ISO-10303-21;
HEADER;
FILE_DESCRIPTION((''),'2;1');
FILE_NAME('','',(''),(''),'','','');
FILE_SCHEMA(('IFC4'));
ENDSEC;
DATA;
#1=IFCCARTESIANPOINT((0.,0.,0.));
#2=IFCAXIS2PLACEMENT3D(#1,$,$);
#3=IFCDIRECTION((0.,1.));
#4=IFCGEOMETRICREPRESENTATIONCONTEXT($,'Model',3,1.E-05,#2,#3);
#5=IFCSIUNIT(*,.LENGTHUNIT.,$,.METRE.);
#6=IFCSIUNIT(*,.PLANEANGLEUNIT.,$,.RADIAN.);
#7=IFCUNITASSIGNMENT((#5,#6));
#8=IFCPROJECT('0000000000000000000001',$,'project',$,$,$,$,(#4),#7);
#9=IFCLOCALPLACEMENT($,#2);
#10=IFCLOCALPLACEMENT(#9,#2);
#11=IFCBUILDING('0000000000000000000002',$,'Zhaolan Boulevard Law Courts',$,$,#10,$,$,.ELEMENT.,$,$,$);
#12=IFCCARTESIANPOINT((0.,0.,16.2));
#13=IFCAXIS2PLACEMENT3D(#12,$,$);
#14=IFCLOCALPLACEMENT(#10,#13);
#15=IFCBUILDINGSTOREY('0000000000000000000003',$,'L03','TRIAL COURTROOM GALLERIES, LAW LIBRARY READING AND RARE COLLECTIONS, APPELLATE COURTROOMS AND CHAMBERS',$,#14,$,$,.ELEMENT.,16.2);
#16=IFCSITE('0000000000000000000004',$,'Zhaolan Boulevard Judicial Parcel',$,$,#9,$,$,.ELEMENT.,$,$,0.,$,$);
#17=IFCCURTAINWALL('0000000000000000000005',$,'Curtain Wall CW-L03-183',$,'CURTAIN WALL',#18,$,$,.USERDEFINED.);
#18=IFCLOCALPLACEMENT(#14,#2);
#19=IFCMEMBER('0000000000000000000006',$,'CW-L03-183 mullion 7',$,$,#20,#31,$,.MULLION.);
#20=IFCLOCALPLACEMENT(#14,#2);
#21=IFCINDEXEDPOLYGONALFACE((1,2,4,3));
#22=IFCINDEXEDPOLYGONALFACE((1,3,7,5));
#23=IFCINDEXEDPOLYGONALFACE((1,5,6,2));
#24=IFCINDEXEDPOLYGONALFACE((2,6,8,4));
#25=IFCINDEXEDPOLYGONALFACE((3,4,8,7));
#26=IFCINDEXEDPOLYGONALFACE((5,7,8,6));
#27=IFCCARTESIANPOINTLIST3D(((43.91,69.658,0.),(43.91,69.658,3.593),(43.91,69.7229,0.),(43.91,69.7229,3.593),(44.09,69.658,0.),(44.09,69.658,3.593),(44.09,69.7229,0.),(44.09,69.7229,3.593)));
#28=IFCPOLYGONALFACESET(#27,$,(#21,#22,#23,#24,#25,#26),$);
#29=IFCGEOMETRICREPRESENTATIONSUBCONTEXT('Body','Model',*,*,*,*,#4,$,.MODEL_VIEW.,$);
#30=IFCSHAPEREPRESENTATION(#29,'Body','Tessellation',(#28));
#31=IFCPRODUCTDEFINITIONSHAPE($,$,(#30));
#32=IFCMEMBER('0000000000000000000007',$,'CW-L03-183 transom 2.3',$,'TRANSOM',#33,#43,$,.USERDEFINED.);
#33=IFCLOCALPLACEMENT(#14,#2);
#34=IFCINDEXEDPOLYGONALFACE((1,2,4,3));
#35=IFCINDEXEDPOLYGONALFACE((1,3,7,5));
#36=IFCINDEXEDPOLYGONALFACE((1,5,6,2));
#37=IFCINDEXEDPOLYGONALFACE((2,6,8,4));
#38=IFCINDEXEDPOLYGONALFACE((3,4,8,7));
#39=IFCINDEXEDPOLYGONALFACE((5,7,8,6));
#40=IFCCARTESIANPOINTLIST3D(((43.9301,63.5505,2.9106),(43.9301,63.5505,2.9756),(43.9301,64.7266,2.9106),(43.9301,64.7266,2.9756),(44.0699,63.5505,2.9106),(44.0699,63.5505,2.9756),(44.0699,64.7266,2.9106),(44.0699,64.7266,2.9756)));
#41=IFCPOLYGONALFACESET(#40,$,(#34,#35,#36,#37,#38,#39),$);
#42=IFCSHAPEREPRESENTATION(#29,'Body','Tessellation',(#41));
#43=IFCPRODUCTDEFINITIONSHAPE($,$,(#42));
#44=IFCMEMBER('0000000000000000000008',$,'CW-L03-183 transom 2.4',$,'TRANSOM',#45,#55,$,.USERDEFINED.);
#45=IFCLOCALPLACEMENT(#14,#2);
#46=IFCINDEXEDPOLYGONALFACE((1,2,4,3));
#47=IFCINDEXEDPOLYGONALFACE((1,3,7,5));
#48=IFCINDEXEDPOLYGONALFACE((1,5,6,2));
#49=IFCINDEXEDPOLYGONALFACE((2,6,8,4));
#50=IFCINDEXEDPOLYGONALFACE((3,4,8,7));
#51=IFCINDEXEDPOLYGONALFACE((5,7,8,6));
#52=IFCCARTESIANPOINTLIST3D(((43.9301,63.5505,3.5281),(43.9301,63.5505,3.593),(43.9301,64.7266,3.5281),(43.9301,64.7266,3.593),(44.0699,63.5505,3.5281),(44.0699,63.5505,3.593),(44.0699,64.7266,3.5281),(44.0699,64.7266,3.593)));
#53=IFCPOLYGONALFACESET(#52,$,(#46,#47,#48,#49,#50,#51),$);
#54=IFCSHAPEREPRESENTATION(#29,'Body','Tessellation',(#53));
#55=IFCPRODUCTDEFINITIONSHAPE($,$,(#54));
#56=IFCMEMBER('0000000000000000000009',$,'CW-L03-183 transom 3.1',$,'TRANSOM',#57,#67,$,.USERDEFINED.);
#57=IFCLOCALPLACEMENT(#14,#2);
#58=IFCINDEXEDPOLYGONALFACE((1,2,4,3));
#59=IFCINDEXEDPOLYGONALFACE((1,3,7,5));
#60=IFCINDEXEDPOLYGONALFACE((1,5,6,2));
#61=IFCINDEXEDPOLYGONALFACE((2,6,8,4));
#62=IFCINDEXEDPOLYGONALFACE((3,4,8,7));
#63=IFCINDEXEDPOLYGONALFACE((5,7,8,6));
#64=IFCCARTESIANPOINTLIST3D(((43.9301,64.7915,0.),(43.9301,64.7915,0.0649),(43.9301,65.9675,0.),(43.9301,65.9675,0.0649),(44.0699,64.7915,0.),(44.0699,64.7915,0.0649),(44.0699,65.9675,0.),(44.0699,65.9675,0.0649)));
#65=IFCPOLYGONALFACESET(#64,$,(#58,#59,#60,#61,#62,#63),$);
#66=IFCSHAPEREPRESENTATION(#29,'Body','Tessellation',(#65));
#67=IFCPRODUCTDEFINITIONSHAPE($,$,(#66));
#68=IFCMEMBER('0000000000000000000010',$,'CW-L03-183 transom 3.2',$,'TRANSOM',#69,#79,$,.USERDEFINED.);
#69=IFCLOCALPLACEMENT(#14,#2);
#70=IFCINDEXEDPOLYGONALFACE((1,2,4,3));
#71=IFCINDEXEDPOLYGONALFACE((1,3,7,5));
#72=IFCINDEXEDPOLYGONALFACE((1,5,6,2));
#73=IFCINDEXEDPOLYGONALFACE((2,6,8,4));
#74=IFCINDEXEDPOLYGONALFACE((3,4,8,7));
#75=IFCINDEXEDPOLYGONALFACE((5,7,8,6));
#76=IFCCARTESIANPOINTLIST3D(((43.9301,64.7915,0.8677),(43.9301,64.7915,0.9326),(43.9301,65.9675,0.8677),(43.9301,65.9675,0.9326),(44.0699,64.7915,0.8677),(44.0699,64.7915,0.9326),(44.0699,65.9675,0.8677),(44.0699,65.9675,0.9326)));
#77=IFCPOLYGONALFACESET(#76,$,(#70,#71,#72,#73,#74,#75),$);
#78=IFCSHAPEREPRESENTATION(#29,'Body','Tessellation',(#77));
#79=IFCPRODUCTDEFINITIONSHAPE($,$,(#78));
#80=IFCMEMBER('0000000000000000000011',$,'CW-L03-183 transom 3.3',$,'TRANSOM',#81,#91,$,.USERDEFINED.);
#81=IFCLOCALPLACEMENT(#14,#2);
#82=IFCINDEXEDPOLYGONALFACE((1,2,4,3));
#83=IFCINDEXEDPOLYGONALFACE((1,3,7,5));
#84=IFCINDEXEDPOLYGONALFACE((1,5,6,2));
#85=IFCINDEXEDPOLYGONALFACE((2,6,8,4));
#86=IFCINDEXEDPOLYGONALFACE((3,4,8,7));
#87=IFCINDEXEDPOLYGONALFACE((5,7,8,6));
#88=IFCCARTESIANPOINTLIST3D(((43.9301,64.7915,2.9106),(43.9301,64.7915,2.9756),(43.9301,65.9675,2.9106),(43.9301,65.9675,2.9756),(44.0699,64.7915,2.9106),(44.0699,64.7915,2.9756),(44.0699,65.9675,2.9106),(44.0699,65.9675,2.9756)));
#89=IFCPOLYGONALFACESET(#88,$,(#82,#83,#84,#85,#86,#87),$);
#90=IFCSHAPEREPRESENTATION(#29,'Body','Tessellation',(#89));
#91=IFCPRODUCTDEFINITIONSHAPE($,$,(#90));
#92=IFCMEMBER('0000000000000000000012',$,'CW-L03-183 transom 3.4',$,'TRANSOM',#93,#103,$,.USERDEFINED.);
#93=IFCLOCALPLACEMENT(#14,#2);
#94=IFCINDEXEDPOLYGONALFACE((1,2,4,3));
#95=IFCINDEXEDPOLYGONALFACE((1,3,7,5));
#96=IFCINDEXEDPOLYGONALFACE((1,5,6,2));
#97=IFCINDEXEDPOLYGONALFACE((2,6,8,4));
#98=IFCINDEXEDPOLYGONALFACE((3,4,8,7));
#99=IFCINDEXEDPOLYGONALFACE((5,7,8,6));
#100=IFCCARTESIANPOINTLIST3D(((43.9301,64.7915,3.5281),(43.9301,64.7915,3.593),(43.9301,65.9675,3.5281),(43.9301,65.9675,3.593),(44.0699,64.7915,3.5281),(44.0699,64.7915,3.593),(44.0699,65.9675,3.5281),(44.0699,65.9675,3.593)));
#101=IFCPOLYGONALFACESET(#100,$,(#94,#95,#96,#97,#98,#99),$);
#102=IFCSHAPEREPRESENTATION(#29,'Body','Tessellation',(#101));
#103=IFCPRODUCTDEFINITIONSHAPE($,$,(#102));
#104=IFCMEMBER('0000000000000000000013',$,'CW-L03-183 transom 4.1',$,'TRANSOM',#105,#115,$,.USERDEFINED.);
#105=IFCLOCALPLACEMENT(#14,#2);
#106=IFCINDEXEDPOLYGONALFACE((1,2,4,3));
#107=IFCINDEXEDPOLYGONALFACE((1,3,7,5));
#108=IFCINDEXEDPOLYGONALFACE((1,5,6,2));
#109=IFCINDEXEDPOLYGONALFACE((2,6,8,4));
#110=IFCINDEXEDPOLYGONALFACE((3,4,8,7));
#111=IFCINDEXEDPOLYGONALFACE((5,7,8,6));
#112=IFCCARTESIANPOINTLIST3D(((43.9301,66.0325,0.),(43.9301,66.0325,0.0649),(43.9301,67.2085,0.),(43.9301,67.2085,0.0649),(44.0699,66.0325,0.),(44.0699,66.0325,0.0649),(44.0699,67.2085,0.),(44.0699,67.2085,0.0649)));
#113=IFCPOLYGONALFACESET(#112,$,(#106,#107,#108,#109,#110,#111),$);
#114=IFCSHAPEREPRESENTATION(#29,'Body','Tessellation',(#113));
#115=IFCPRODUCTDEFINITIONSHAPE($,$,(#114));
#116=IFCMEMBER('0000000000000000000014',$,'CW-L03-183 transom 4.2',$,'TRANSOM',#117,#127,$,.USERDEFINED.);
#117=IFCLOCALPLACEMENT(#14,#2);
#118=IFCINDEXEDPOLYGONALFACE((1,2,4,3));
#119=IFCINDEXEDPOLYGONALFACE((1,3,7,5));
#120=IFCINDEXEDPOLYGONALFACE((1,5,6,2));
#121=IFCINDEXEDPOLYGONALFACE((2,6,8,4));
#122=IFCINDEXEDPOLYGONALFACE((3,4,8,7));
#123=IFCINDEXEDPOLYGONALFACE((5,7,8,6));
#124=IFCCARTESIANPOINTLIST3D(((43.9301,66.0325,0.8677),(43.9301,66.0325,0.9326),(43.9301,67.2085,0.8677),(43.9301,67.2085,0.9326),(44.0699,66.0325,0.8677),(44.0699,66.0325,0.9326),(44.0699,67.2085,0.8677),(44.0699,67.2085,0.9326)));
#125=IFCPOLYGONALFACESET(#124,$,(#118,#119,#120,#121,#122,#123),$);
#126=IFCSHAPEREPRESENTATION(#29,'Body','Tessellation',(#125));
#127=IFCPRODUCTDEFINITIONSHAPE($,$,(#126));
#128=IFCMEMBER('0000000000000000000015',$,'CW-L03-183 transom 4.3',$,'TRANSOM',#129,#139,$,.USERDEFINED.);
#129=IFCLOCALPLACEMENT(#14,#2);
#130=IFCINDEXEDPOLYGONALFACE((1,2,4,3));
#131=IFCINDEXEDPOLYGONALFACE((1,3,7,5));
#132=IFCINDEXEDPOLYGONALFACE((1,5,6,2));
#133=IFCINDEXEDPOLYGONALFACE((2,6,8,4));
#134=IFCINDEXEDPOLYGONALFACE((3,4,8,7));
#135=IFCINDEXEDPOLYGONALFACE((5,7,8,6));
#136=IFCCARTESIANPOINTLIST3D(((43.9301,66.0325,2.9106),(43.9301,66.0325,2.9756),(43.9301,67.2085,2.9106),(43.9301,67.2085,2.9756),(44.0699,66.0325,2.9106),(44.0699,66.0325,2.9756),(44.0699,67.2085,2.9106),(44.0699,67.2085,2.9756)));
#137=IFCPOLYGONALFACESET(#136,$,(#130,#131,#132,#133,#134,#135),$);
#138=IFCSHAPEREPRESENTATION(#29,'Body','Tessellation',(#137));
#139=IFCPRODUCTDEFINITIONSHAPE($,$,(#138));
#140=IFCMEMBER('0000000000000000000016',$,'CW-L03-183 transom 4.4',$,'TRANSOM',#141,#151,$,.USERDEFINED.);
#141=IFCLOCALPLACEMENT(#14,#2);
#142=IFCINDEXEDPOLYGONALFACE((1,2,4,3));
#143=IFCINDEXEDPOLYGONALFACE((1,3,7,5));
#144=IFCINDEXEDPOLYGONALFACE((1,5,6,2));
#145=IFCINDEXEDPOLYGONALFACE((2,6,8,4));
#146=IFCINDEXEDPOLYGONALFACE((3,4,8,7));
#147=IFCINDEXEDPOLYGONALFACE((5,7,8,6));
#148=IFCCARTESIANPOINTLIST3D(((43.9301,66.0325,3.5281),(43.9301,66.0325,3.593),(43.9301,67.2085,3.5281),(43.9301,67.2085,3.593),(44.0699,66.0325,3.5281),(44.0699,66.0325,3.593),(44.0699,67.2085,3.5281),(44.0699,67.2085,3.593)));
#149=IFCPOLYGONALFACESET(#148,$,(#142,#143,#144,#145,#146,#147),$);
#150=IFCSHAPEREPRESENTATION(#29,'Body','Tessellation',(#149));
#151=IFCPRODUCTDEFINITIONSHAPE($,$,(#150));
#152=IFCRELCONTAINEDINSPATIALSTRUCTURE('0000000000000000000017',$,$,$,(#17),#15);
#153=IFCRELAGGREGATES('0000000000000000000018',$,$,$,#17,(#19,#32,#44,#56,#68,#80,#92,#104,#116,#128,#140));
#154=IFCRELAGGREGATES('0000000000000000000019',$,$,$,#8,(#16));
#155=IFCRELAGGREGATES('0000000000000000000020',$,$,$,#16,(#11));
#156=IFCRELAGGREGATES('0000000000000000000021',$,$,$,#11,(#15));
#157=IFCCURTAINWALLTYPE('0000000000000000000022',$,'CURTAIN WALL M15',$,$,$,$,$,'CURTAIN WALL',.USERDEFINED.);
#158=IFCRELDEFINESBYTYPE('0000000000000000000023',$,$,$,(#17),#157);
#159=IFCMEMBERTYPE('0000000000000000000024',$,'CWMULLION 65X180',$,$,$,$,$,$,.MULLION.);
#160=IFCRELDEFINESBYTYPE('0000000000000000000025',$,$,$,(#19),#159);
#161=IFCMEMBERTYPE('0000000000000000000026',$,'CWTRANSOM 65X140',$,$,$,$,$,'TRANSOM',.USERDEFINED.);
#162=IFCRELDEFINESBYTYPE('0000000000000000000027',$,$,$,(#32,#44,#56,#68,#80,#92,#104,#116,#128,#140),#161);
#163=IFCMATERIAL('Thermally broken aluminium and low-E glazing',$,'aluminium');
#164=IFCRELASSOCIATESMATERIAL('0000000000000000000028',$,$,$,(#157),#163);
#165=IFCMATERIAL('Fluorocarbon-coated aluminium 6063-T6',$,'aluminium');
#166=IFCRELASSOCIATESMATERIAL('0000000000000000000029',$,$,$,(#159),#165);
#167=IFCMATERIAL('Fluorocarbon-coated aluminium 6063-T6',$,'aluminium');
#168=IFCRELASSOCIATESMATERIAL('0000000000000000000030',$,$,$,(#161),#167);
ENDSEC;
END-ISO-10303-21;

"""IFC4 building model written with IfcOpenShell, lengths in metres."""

from ifc_helpers import new_model, si_unit, direction, frame, origin, origin_2d, place, context, subcontext, project, spatial, rectangle, extrude, material, material_profile, profile_set, type_object, element, aggregate, save


model = new_model("IFC4")

# Units and contexts
model_context = context("Model", 3, precision=1e-05, world=origin(), true_north=direction((0.0, 1.0)))
body_context = subcontext(model_context, "Body", "Model", "MODEL_VIEW")
ifc_project = project(units=[si_unit("LENGTHUNIT", "METRE"), si_unit("PLANEANGLEUNIT", "RADIAN")], contexts=[model_context])

# Site, building, storey
site_placement = place(None, origin())
site = spatial("IfcSite", under=ifc_project, at=site_placement, Name="Zhaolan Boulevard Judicial Parcel", CompositionType="ELEMENT", RefElevation=0.0)
building_placement = place(site_placement, origin())
building = spatial("IfcBuilding", under=site, at=building_placement, Name="Zhaolan Boulevard Law Courts", CompositionType="ELEMENT")
storey_placement = place(building_placement, frame((0.0, 0.0, 16.2)))
storey = spatial("IfcBuildingStorey", under=building, at=storey_placement, Name="L03", Description="TRIAL COURTROOM GALLERIES, LAW LIBRARY READING AND RARE COLLECTIONS, APPELLATE COURTROOMS AND CHAMBERS", CompositionType="ELEMENT", Elevation=16.2)

# Curtain wall, members
ifc_material_1 = material(Name="Thermally broken aluminium and low-E glazing", Category="aluminium")
curtain_wall_type = type_object("IfcCurtainWallType", Name="CURTAIN WALL M15", ElementType="CURTAIN WALL", PredefinedType="USERDEFINED", material=ifc_material_1)
curtain_wall_placement = place(storey_placement, origin())
curtain_wall = element("IfcCurtainWall", 1, at=curtain_wall_placement, inside=storey, type_object=curtain_wall_type, Name="Curtain Wall CW-L03-183", ObjectType="CURTAIN WALL", PredefinedType="USERDEFINED")
ifc_material_2 = material(Name="Fluorocarbon-coated aluminium 6063-T6", Category="aluminium")
ifc_material_profile_1 = material_profile(ifc_material_2, rectangle(XDim=0.1799, YDim=0.0649, at=origin_2d()), Name="AL65x180")
ifc_profile_set_1 = profile_set([ifc_material_profile_1], Name="Fluorocarbon-coated aluminium 6063-T6")
member_type_1 = type_object("IfcMemberType", Name="CWMULLION 65X180", PredefinedType="MULLION", material=ifc_profile_set_1)
member_1_placement = place(storey_placement, frame((44.0, 69.6904, 0.0), z_axis=(0.0, 0.0, 1.0), x_axis=(-1.0, 0.0, 0.0)))
member_1 = element("IfcMember", 2, at=member_1_placement, type_object=member_type_1, Name="CW-L03-183 mullion 7", PredefinedType="MULLION", context=body_context, shape_type="SweptSolid", body=[
    extrude(rectangle(XDim=0.1799, YDim=0.0649, at=origin_2d()), origin(), (0.0, 0.0, 1.0), 3.593),
])
ifc_material_3 = material(Name="Fluorocarbon-coated aluminium 6063-T6", Category="aluminium")
ifc_material_profile_2 = material_profile(ifc_material_3, rectangle(XDim=0.1399, YDim=0.0649, at=origin_2d()), Name="AL65x140")
ifc_profile_set_2 = profile_set([ifc_material_profile_2], Name="Fluorocarbon-coated aluminium 6063-T6")
member_type_2 = type_object("IfcMemberType", Name="CWTRANSOM 65X140", ElementType="TRANSOM", PredefinedType="USERDEFINED", material=ifc_profile_set_2)
member_2_placement = place(storey_placement, frame((44.0, 63.5505, 2.9431), z_axis=(0.0, 1.0, 0.0), x_axis=(-1.0, 0.0, 0.0)))
member_2 = element("IfcMember", 3, at=member_2_placement, type_object=member_type_2, Name="CW-L03-183 transom 2.3", ObjectType="TRANSOM", PredefinedType="USERDEFINED", context=body_context, shape_type="SweptSolid", body=[
    extrude(rectangle(XDim=0.1399, YDim=0.0649, at=origin_2d()), origin(), (0.0, 0.0, 1.0), 1.176),
])
member_3_placement = place(storey_placement, frame((44.0, 63.5505, 3.5605), z_axis=(0.0, 1.0, 0.0), x_axis=(-1.0, 0.0, 0.0)))
member_3 = element("IfcMember", 4, at=member_3_placement, type_object=member_type_2, Name="CW-L03-183 transom 2.4", ObjectType="TRANSOM", PredefinedType="USERDEFINED", context=body_context, shape_type="SweptSolid", body=[
    extrude(rectangle(XDim=0.1399, YDim=0.0649, at=origin_2d()), origin(), (0.0, 0.0, 1.0), 1.176),
])
member_4_placement = place(storey_placement, frame((44.0, 64.7915, 0.0325), z_axis=(0.0, 1.0, 0.0), x_axis=(-1.0, 0.0, 0.0)))
member_4 = element("IfcMember", 5, at=member_4_placement, type_object=member_type_2, Name="CW-L03-183 transom 3.1", ObjectType="TRANSOM", PredefinedType="USERDEFINED", context=body_context, shape_type="SweptSolid", body=[
    extrude(rectangle(XDim=0.1399, YDim=0.0649, at=origin_2d()), origin(), (0.0, 0.0, 1.0), 1.176),
])
member_5_placement = place(storey_placement, frame((44.0, 64.7915, 0.9001), z_axis=(0.0, 1.0, 0.0), x_axis=(-1.0, 0.0, 0.0)))
member_5 = element("IfcMember", 6, at=member_5_placement, type_object=member_type_2, Name="CW-L03-183 transom 3.2", ObjectType="TRANSOM", PredefinedType="USERDEFINED", context=body_context, shape_type="SweptSolid", body=[
    extrude(rectangle(XDim=0.1399, YDim=0.0649, at=origin_2d()), origin(), (0.0, 0.0, 1.0), 1.176),
])
member_6_placement = place(storey_placement, frame((44.0, 64.7915, 2.9431), z_axis=(0.0, 1.0, 0.0), x_axis=(-1.0, 0.0, 0.0)))
member_6 = element("IfcMember", 7, at=member_6_placement, type_object=member_type_2, Name="CW-L03-183 transom 3.3", ObjectType="TRANSOM", PredefinedType="USERDEFINED", context=body_context, shape_type="SweptSolid", body=[
    extrude(rectangle(XDim=0.1399, YDim=0.0649, at=origin_2d()), origin(), (0.0, 0.0, 1.0), 1.176),
])
member_7_placement = place(storey_placement, frame((44.0, 64.7915, 3.5605), z_axis=(0.0, 1.0, 0.0), x_axis=(-1.0, 0.0, 0.0)))
member_7 = element("IfcMember", 8, at=member_7_placement, type_object=member_type_2, Name="CW-L03-183 transom 3.4", ObjectType="TRANSOM", PredefinedType="USERDEFINED", context=body_context, shape_type="SweptSolid", body=[
    extrude(rectangle(XDim=0.1399, YDim=0.0649, at=origin_2d()), origin(), (0.0, 0.0, 1.0), 1.176),
])
member_8_placement = place(storey_placement, frame((44.0, 66.0325, 0.0325), z_axis=(0.0, 1.0, 0.0), x_axis=(-1.0, 0.0, 0.0)))
member_8 = element("IfcMember", 9, at=member_8_placement, type_object=member_type_2, Name="CW-L03-183 transom 4.1", ObjectType="TRANSOM", PredefinedType="USERDEFINED", context=body_context, shape_type="SweptSolid", body=[
    extrude(rectangle(XDim=0.1399, YDim=0.0649, at=origin_2d()), origin(), (0.0, 0.0, 1.0), 1.176),
])
member_9_placement = place(storey_placement, frame((44.0, 66.0325, 0.9001), z_axis=(0.0, 1.0, 0.0), x_axis=(-1.0, 0.0, 0.0)))
member_9 = element("IfcMember", 10, at=member_9_placement, type_object=member_type_2, Name="CW-L03-183 transom 4.2", ObjectType="TRANSOM", PredefinedType="USERDEFINED", context=body_context, shape_type="SweptSolid", body=[
    extrude(rectangle(XDim=0.1399, YDim=0.0649, at=origin_2d()), origin(), (0.0, 0.0, 1.0), 1.176),
])
member_10_placement = place(storey_placement, frame((44.0, 66.0325, 2.9431), z_axis=(0.0, 1.0, 0.0), x_axis=(-1.0, 0.0, 0.0)))
member_10 = element("IfcMember", 11, at=member_10_placement, type_object=member_type_2, Name="CW-L03-183 transom 4.3", ObjectType="TRANSOM", PredefinedType="USERDEFINED", context=body_context, shape_type="SweptSolid", body=[
    extrude(rectangle(XDim=0.1399, YDim=0.0649, at=origin_2d()), origin(), (0.0, 0.0, 1.0), 1.176),
])
member_11_placement = place(storey_placement, frame((44.0, 66.0325, 3.5605), z_axis=(0.0, 1.0, 0.0), x_axis=(-1.0, 0.0, 0.0)))
member_11 = element("IfcMember", 12, at=member_11_placement, type_object=member_type_2, Name="CW-L03-183 transom 4.4", ObjectType="TRANSOM", PredefinedType="USERDEFINED", context=body_context, shape_type="SweptSolid", body=[
    extrude(rectangle(XDim=0.1399, YDim=0.0649, at=origin_2d()), origin(), (0.0, 0.0, 1.0), 1.176),
])

aggregate(curtain_wall, [member_1, member_2, member_3, member_4, member_5, member_6, member_7, member_8, member_9, member_10, member_11])

save(model, "model.ifc")
